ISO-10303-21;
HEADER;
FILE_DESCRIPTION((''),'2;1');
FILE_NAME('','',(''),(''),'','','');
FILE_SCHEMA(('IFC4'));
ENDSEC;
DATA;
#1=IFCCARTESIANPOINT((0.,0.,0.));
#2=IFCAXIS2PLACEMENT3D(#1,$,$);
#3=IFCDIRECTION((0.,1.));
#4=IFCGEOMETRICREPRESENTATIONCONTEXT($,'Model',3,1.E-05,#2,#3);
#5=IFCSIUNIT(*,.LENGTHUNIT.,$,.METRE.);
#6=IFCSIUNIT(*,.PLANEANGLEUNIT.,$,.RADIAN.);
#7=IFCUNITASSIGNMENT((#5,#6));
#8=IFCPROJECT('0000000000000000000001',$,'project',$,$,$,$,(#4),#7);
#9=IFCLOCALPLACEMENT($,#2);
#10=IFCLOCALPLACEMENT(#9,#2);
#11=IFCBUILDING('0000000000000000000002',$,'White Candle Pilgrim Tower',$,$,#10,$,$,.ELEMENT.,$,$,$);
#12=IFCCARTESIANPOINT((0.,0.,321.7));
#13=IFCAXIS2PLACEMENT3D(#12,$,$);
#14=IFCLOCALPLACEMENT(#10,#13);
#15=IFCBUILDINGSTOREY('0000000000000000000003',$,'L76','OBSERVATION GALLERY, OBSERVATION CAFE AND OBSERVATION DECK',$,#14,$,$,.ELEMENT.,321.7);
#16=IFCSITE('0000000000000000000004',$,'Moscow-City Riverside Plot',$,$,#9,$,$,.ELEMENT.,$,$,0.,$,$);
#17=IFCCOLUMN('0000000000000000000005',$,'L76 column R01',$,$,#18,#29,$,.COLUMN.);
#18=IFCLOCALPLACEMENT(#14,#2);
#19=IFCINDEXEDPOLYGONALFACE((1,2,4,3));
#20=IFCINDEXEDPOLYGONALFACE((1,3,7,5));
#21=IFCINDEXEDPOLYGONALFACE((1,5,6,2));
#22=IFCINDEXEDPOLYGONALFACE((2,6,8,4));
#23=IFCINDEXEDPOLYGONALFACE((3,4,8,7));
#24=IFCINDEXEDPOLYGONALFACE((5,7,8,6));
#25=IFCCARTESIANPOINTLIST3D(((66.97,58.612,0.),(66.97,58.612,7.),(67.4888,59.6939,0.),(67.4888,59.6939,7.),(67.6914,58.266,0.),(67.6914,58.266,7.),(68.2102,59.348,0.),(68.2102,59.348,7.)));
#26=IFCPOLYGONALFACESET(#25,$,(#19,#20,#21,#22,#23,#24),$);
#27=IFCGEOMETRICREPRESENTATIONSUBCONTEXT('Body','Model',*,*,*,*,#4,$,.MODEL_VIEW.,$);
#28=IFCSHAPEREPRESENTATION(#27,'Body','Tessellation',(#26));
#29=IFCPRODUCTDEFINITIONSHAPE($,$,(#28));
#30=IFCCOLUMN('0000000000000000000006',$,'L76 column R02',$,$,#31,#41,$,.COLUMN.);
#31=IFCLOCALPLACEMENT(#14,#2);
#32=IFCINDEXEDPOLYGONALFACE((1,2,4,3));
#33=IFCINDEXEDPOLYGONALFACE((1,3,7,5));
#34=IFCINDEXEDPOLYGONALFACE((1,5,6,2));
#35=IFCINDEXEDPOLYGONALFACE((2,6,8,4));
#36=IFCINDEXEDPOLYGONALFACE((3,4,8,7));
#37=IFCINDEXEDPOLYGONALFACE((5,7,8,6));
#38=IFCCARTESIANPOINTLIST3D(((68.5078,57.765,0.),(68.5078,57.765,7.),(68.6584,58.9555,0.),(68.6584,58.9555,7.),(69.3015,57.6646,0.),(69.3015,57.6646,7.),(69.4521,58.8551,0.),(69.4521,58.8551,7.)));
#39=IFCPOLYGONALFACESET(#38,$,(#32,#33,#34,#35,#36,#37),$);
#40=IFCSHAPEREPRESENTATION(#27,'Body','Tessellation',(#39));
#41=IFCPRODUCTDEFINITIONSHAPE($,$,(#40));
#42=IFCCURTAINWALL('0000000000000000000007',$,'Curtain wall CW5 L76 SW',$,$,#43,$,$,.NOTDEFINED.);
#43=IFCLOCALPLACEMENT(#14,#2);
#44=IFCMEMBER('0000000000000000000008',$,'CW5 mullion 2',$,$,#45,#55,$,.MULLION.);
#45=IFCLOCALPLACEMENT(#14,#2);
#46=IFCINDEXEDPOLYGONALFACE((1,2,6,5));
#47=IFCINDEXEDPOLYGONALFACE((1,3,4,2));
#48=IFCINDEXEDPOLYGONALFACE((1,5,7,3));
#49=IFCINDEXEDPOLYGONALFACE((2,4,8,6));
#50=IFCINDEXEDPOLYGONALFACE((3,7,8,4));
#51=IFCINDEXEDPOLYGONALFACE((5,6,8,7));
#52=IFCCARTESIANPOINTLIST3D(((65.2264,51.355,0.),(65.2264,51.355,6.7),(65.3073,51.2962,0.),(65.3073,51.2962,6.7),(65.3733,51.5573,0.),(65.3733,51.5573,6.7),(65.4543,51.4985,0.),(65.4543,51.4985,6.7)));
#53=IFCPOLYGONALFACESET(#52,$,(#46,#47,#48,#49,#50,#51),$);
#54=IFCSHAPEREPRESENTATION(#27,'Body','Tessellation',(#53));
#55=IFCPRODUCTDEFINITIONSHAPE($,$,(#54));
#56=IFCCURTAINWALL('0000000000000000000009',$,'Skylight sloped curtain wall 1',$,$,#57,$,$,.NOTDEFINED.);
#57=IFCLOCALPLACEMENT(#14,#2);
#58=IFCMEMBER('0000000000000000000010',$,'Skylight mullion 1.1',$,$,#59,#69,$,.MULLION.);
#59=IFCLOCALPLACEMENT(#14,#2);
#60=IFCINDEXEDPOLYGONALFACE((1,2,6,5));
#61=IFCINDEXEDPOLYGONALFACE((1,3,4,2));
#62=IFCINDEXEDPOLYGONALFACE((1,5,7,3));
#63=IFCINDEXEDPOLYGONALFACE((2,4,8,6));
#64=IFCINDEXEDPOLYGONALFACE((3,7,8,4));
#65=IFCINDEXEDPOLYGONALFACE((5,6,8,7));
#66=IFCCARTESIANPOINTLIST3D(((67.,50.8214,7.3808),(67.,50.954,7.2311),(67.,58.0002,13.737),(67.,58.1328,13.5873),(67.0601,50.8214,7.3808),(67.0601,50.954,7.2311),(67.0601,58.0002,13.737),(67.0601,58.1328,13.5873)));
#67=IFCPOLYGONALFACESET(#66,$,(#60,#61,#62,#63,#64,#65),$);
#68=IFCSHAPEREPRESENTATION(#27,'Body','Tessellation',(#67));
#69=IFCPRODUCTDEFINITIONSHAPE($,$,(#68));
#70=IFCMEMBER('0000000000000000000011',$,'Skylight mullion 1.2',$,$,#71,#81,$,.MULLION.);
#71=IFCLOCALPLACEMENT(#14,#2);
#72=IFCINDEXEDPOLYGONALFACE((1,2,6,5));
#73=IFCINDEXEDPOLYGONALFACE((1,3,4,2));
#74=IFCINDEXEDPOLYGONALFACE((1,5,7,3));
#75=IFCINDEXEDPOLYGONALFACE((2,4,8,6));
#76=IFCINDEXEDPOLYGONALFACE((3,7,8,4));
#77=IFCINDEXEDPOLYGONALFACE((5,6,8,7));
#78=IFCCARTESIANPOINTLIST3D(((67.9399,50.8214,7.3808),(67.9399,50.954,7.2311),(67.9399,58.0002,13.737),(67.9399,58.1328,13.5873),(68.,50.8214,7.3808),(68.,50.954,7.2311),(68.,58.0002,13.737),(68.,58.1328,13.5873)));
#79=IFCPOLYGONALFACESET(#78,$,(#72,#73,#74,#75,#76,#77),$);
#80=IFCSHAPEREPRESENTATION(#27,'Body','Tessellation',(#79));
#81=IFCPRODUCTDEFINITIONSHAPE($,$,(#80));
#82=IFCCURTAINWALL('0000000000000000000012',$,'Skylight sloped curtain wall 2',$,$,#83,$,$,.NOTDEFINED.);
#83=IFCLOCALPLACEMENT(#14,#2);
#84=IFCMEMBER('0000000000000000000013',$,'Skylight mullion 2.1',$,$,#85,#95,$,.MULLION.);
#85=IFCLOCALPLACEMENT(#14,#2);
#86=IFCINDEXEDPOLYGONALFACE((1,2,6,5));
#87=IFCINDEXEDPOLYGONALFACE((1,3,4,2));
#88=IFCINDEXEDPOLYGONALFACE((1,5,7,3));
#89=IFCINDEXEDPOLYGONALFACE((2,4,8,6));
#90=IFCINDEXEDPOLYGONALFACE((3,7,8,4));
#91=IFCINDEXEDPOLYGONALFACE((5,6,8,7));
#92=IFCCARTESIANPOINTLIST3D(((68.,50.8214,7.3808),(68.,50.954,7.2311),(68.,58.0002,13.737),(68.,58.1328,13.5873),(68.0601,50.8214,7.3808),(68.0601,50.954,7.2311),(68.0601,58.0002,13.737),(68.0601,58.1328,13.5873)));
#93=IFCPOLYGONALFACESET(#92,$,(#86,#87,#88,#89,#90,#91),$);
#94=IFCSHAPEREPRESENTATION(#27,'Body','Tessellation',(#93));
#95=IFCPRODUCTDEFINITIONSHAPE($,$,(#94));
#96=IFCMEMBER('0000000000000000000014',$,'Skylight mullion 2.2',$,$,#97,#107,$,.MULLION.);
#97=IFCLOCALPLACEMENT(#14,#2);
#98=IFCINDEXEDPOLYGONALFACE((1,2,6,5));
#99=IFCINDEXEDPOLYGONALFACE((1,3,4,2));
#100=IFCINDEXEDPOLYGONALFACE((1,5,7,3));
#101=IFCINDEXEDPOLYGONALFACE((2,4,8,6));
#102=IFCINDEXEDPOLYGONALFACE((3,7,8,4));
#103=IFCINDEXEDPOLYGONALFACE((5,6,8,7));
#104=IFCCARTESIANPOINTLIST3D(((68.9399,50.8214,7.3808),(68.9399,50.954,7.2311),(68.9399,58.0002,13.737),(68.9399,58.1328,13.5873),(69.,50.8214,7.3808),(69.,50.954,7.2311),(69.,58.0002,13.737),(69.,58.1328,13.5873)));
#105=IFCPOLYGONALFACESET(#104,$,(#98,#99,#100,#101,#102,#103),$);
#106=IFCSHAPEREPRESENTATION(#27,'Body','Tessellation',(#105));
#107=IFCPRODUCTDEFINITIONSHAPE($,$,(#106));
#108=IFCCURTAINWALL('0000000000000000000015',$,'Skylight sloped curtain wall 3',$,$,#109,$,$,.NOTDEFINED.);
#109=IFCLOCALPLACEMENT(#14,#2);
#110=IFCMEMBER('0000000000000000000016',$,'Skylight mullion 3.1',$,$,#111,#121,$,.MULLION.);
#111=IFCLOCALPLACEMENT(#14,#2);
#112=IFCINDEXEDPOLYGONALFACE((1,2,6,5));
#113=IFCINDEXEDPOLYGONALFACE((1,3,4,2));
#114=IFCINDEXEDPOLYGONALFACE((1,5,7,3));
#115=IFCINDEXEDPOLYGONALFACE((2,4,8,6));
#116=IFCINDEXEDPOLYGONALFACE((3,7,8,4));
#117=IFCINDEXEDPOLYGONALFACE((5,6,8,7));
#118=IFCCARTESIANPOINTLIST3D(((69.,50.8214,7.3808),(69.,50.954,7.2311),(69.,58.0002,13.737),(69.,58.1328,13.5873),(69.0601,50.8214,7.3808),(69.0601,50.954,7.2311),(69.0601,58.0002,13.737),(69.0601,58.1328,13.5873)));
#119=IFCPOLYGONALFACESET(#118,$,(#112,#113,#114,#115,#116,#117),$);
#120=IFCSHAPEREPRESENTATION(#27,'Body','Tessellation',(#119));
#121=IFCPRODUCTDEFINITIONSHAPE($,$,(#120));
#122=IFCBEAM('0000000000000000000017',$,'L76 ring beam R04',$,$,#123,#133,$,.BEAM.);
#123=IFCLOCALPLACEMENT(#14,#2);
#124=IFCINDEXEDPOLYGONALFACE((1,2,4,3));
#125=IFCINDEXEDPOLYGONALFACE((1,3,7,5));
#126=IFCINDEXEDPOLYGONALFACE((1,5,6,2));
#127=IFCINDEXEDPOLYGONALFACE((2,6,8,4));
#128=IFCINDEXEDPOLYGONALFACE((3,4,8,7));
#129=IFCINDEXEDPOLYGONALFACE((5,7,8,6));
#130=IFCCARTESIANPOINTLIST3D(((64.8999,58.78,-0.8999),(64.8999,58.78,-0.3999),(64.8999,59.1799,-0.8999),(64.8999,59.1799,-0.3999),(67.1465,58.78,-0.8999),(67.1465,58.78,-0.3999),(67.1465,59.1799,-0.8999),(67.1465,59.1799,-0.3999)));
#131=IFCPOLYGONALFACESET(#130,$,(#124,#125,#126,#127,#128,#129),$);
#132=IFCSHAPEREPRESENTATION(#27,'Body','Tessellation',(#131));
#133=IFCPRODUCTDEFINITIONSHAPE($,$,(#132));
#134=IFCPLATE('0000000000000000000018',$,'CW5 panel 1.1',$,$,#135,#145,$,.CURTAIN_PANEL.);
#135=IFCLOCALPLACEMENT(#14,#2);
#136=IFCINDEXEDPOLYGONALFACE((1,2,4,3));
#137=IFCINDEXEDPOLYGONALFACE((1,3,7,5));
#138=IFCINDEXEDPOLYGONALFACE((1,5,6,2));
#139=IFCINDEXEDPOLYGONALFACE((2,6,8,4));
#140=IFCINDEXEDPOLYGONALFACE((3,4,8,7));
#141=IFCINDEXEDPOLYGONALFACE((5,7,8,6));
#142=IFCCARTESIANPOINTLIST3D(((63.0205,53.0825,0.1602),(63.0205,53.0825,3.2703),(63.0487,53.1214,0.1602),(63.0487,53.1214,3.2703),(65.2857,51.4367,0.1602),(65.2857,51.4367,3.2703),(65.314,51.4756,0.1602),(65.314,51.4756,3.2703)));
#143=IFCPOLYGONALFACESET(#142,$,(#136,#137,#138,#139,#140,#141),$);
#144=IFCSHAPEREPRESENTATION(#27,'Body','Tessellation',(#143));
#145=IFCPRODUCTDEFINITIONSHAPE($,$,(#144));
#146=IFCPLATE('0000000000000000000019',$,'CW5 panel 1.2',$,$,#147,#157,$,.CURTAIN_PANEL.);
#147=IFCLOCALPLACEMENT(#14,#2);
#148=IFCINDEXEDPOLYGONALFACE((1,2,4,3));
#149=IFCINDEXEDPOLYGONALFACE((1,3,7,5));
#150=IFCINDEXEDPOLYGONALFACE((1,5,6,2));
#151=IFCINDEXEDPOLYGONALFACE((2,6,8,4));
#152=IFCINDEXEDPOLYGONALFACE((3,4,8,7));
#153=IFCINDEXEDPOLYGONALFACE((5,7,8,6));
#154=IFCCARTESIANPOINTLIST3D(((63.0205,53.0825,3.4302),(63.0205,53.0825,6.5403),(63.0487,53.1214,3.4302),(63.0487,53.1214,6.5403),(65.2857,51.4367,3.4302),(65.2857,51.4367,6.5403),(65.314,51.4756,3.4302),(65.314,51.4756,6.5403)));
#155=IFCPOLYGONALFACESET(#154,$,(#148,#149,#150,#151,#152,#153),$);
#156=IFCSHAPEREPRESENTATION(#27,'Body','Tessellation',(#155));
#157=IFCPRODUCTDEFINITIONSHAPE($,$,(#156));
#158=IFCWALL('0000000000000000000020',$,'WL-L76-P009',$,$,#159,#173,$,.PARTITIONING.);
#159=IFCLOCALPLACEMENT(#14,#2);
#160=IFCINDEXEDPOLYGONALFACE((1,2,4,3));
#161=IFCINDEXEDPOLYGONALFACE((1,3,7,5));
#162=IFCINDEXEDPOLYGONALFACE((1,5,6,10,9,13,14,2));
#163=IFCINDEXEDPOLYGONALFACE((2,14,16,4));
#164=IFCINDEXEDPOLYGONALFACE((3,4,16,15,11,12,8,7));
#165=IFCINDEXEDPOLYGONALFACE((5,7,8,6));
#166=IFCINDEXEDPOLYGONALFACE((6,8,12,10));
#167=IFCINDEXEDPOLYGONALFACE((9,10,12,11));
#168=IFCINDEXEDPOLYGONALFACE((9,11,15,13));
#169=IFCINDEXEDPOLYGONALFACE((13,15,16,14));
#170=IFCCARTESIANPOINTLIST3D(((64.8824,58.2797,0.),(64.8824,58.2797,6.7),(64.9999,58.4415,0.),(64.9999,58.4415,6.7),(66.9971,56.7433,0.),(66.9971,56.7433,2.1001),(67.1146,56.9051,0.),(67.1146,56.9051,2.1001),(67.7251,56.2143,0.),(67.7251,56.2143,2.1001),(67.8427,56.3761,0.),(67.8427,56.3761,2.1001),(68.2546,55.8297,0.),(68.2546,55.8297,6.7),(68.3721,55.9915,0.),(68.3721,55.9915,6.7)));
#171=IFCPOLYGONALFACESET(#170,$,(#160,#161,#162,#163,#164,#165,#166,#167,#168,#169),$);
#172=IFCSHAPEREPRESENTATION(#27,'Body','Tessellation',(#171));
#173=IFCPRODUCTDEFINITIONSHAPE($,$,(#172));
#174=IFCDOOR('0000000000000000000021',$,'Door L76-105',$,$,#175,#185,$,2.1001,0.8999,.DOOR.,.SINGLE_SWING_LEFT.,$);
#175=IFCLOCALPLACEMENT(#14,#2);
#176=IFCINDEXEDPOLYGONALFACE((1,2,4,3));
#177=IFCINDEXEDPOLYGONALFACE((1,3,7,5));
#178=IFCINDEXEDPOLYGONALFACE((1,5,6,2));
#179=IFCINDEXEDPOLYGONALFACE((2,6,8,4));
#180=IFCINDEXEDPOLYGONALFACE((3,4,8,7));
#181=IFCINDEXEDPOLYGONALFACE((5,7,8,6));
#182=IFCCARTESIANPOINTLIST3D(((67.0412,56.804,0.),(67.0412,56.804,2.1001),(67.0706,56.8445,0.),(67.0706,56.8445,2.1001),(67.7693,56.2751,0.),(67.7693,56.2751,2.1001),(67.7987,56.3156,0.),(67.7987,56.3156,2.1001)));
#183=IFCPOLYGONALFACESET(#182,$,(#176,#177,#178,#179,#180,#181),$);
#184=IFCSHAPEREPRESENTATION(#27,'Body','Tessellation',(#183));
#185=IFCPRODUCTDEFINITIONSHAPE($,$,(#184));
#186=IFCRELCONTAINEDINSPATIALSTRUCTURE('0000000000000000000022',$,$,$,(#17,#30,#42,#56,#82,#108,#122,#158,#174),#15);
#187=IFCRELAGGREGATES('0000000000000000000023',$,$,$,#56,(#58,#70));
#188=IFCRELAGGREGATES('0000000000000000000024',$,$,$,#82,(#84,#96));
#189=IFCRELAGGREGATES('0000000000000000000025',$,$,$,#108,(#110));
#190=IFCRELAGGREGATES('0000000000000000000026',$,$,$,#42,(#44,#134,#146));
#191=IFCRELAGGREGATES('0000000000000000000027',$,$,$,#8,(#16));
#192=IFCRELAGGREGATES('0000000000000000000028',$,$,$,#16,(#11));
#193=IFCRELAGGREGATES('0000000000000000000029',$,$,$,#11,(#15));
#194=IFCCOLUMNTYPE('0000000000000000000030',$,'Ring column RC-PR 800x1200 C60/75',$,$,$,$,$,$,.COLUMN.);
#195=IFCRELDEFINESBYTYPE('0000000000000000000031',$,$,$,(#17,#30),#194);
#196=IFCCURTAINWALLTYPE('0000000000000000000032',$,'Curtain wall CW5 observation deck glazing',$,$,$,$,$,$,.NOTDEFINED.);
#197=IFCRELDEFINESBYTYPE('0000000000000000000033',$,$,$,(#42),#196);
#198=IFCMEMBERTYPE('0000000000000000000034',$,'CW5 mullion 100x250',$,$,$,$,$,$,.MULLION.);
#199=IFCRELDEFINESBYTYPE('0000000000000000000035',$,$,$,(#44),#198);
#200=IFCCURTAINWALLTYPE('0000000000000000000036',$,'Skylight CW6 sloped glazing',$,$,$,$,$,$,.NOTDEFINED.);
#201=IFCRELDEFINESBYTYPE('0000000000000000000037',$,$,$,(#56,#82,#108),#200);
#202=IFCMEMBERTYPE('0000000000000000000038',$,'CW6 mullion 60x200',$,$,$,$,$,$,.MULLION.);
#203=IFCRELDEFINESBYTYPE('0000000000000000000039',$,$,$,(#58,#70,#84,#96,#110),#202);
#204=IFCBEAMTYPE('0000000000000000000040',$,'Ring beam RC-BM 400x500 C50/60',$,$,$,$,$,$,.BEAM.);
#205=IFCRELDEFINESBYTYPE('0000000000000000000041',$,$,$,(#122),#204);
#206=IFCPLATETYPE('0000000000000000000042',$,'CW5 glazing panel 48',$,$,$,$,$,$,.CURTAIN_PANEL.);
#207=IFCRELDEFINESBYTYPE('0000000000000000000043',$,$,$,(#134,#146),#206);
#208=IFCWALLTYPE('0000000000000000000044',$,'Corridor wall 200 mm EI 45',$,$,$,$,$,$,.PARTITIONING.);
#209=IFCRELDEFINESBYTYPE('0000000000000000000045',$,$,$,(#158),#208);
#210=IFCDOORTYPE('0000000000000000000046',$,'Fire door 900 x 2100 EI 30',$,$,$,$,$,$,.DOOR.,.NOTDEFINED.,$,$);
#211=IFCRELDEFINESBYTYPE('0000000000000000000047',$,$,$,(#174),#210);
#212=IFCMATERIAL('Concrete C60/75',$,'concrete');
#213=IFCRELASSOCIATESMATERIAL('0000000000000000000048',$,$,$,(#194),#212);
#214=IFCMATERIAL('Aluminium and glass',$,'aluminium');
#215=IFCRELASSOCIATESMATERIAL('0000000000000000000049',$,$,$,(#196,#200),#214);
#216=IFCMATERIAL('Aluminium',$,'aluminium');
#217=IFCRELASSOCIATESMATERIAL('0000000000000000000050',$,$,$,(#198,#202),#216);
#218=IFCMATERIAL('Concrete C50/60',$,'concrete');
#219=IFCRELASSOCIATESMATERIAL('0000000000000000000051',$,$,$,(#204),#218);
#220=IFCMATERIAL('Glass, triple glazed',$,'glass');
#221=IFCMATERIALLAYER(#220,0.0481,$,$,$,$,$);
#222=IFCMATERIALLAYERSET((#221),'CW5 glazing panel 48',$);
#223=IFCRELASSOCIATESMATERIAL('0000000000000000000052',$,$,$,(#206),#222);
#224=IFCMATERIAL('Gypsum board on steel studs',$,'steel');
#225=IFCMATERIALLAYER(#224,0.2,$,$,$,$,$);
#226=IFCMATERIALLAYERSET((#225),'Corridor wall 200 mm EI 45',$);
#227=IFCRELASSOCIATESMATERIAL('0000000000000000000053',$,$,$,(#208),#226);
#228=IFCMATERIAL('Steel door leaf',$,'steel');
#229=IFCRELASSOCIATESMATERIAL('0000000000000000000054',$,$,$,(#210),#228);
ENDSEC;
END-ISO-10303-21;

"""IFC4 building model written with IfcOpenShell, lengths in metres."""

from ifc_helpers import new_model, si_unit, direction, frame, frame_2d, origin, origin_2d, place, context, subcontext, project, spatial, rectangle, extrude, material, layer, layer_set, material_profile, profile_set, type_object, element, fill, aggregate, save


model = new_model("IFC4")

# Units and contexts
model_context = context("Model", 3, precision=1e-05, world=origin(), true_north=direction((0.0, 1.0)))
body_context = subcontext(model_context, "Body", "Model", "MODEL_VIEW")
ifc_project = project(units=[si_unit("LENGTHUNIT", "METRE"), si_unit("PLANEANGLEUNIT", "RADIAN")], contexts=[model_context])

# Site, building, storey
site_placement = place(None, origin())
site = spatial("IfcSite", under=ifc_project, at=site_placement, Name="Moscow-City Riverside Plot", CompositionType="ELEMENT", RefElevation=0.0)
building_placement = place(site_placement, origin())
building = spatial("IfcBuilding", under=site, at=building_placement, Name="White Candle Pilgrim Tower", CompositionType="ELEMENT")
storey_placement = place(building_placement, frame((0.0, 0.0, 321.7)))
storey = spatial("IfcBuildingStorey", under=building, at=storey_placement, Name="L76", Description="OBSERVATION GALLERY, OBSERVATION CAFE AND OBSERVATION DECK", CompositionType="ELEMENT", Elevation=321.7)

# Columns
ifc_material_1 = material(Name="Concrete C60/75", Category="concrete")
ifc_material_profile_1 = material_profile(ifc_material_1, rectangle(XDim=0.8, YDim=1.2, at=origin_2d()), Name="RC-PR 800x1200")
ifc_profile_set_1 = profile_set([ifc_material_profile_1], Name="Concrete C60/75")
column_type = type_object("IfcColumnType", Name="Ring column RC-PR 800x1200 C60/75", PredefinedType="COLUMN", material=ifc_profile_set_1)
for number, where, z_axis, x_axis, name in (
    (1, (67.5901, 58.98, 0.0), (0.0, 0.0, 1.0), (-0.901689, 0.432385, 0.0), "L76 column R01"),
    (2, (68.98, 58.3101, 0.0), (0.0, 0.0, 1.0), (-0.992093, 0.125506, 0.0), "L76 column R02"),
):
    element("IfcColumn", number, at=place(storey_placement, frame(where, z_axis=z_axis, x_axis=x_axis)), inside=storey, type_object=column_type, Name=name, PredefinedType="COLUMN", context=body_context, shape_type="SweptSolid", body=[
        extrude(rectangle(XDim=0.8, YDim=1.2, at=origin_2d()), origin(), (0.0, 0.0, 1.0), 7.0),
    ])

# Curtain wall, member
ifc_material_2 = material(Name="Aluminium and glass", Category="aluminium")
curtain_wall_type_1 = type_object("IfcCurtainWallType", Name="Curtain wall CW5 observation deck glazing", PredefinedType="NOTDEFINED", material=ifc_material_2)
curtain_wall_1_placement = place(storey_placement, origin())
curtain_wall_1 = element("IfcCurtainWall", 3, at=curtain_wall_1_placement, inside=storey, type_object=curtain_wall_type_1, Name="Curtain wall CW5 L76 SW", PredefinedType="NOTDEFINED")
ifc_material_3 = material(Name="Aluminium", Category="aluminium")
ifc_material_profile_2 = material_profile(ifc_material_3, rectangle(XDim=0.25, YDim=0.1001, at=origin_2d()), Name="CW5 mullion 100x250")
ifc_profile_set_2 = profile_set([ifc_material_profile_2], Name="Aluminium")
member_type_1 = type_object("IfcMemberType", Name="CW5 mullion 100x250", PredefinedType="MULLION", material=ifc_profile_set_2)
member_1_placement = place(storey_placement, frame((65.3403, 51.4268, 0.0), z_axis=(0.0, 0.0, 1.0), x_axis=(0.587785, 0.809017, 0.0)))
member_1 = element("IfcMember", 4, at=member_1_placement, type_object=member_type_1, Name="CW5 mullion 2", PredefinedType="MULLION", context=body_context, shape_type="SweptSolid", body=[
    extrude(rectangle(XDim=0.25, YDim=0.1001, at=origin_2d()), origin(), (0.0, 0.0, 1.0), 6.7),
])

# Curtain walls, members
curtain_wall_type_2 = type_object("IfcCurtainWallType", Name="Skylight CW6 sloped glazing", PredefinedType="NOTDEFINED", material=ifc_material_2)
curtain_wall_2_placement = place(storey_placement, origin())
curtain_wall_2 = element("IfcCurtainWall", 5, at=curtain_wall_2_placement, inside=storey, type_object=curtain_wall_type_2, Name="Skylight sloped curtain wall 1", PredefinedType="NOTDEFINED")
ifc_material_profile_3 = material_profile(ifc_material_3, rectangle(XDim=0.0601, YDim=0.2, at=origin_2d()), Name="CW6 mullion 60x200")
ifc_profile_set_3 = profile_set([ifc_material_profile_3], Name="Aluminium")
member_type_2 = type_object("IfcMemberType", Name="CW6 mullion 60x200", PredefinedType="MULLION", material=ifc_profile_set_3)
member_2_placement = place(storey_placement, frame((67.03, 50.8877, 7.3059), z_axis=(0.0, 0.748696, 0.662913), x_axis=(-1.0, 0.0, 0.0)))
member_2 = element("IfcMember", 6, at=member_2_placement, type_object=member_type_2, Name="Skylight mullion 1.1", PredefinedType="MULLION", context=body_context, shape_type="SweptSolid", body=[
    extrude(rectangle(XDim=0.0601, YDim=0.2, at=origin_2d()), origin(), (0.0, 0.0, 1.0), 9.5884),
])
member_3_placement = place(storey_placement, frame((67.97, 50.8877, 7.3059), z_axis=(0.0, 0.748696, 0.662913), x_axis=(-1.0, 0.0, 0.0)))
member_3 = element("IfcMember", 7, at=member_3_placement, type_object=member_type_2, Name="Skylight mullion 1.2", PredefinedType="MULLION", context=body_context, shape_type="SweptSolid", body=[
    extrude(rectangle(XDim=0.0601, YDim=0.2, at=origin_2d()), origin(), (0.0, 0.0, 1.0), 9.5884),
])
aggregate(curtain_wall_2, [member_2, member_3])
curtain_wall_3_placement = place(storey_placement, origin())
curtain_wall_3 = element("IfcCurtainWall", 8, at=curtain_wall_3_placement, inside=storey, type_object=curtain_wall_type_2, Name="Skylight sloped curtain wall 2", PredefinedType="NOTDEFINED")
member_4_placement = place(storey_placement, frame((68.03, 50.8877, 7.3059), z_axis=(0.0, 0.748696, 0.662913), x_axis=(-1.0, 0.0, 0.0)))
member_4 = element("IfcMember", 9, at=member_4_placement, type_object=member_type_2, Name="Skylight mullion 2.1", PredefinedType="MULLION", context=body_context, shape_type="SweptSolid", body=[
    extrude(rectangle(XDim=0.0601, YDim=0.2, at=origin_2d()), origin(), (0.0, 0.0, 1.0), 9.5884),
])
member_5_placement = place(storey_placement, frame((68.97, 50.8877, 7.3059), z_axis=(0.0, 0.748696, 0.662913), x_axis=(-1.0, 0.0, 0.0)))
member_5 = element("IfcMember", 10, at=member_5_placement, type_object=member_type_2, Name="Skylight mullion 2.2", PredefinedType="MULLION", context=body_context, shape_type="SweptSolid", body=[
    extrude(rectangle(XDim=0.0601, YDim=0.2, at=origin_2d()), origin(), (0.0, 0.0, 1.0), 9.5884),
])
aggregate(curtain_wall_3, [member_4, member_5])

# Curtain wall, member
curtain_wall_4_placement = place(storey_placement, origin())
curtain_wall_4 = element("IfcCurtainWall", 11, at=curtain_wall_4_placement, inside=storey, type_object=curtain_wall_type_2, Name="Skylight sloped curtain wall 3", PredefinedType="NOTDEFINED")
member_6_placement = place(storey_placement, frame((69.03, 50.8877, 7.3059), z_axis=(0.0, 0.748696, 0.662913), x_axis=(-1.0, 0.0, 0.0)))
member_6 = element("IfcMember", 12, at=member_6_placement, type_object=member_type_2, Name="Skylight mullion 3.1", PredefinedType="MULLION", context=body_context, shape_type="SweptSolid", body=[
    extrude(rectangle(XDim=0.0601, YDim=0.2, at=origin_2d()), origin(), (0.0, 0.0, 1.0), 9.5884),
])
aggregate(curtain_wall_4, [member_6])

# Beam
ifc_material_4 = material(Name="Concrete C50/60", Category="concrete")
ifc_material_profile_4 = material_profile(ifc_material_4, rectangle(XDim=0.3999, YDim=0.5, at=origin_2d()), Name="RC-BM 400x500")
ifc_profile_set_4 = profile_set([ifc_material_profile_4], Name="Concrete C50/60")
beam_type = type_object("IfcBeamType", Name="Ring beam RC-BM 400x500 C50/60", PredefinedType="BEAM", material=ifc_profile_set_4)
beam_placement = place(storey_placement, frame((67.1465, 58.98, -0.6499), z_axis=(-1.0, 0.0, 0.0), x_axis=(0.0, -1.0, 0.0)))
element("IfcBeam", 13, at=beam_placement, inside=storey, type_object=beam_type, Name="L76 ring beam R04", PredefinedType="BEAM", context=body_context, shape_type="SweptSolid", body=[
    extrude(rectangle(XDim=0.3999, YDim=0.5, at=origin_2d()), origin(), (0.0, 0.0, 1.0), 2.2466),
])

# Plates
ifc_material_5 = material(Name="Glass, triple glazed", Category="glass")
ifc_layer_1 = layer(ifc_material_5, 0.0481)
ifc_layer_set_1 = layer_set([ifc_layer_1], Name="CW5 glazing panel 48")
plate_type = type_object("IfcPlateType", Name="CW5 glazing panel 48", PredefinedType="CURTAIN_PANEL", material=ifc_layer_set_1)
plate_1_placement = place(storey_placement, frame((64.1672, 52.2791, 0.1602), z_axis=(0.0, 0.0, 1.0), x_axis=(0.809017, -0.587785, 0.0)))
plate_1 = element("IfcPlate", 14, at=plate_1_placement, type_object=plate_type, Name="CW5 panel 1.1", PredefinedType="CURTAIN_PANEL", context=body_context, shape_type="SweptSolid", body=[
    extrude(rectangle(XDim=2.8, YDim=0.0481, at=origin_2d()), origin(), (0.0, 0.0, 1.0), 3.1101),
])
plate_2_placement = place(storey_placement, frame((64.1672, 52.2791, 3.4302), z_axis=(0.0, 0.0, 1.0), x_axis=(0.809017, -0.587785, 0.0)))
plate_2 = element("IfcPlate", 15, at=plate_2_placement, type_object=plate_type, Name="CW5 panel 1.2", PredefinedType="CURTAIN_PANEL", context=body_context, shape_type="SweptSolid", body=[
    extrude(rectangle(XDim=2.8, YDim=0.0481, at=origin_2d()), origin(), (0.0, 0.0, 1.0), 3.1101),
])
aggregate(curtain_wall_1, [member_1, plate_1, plate_2])

# Wall, opening, door
ifc_material_6 = material(Name="Gypsum board on steel studs", Category="steel")
ifc_layer_2 = layer(ifc_material_6, 0.2)
ifc_layer_set_2 = layer_set([ifc_layer_2], Name="Corridor wall 200 mm EI 45")
wall_type_1 = type_object("IfcWallType", Name="Corridor wall 200 mm EI 45", PredefinedType="PARTITIONING", material=ifc_layer_set_2)
wall_1_placement = place(storey_placement, frame((68.3132, 55.9106, 0.0), z_axis=(0.0, 0.0, 1.0), x_axis=(-0.809017, 0.587785, 0.0)))
wall_1 = element("IfcWall", 16, at=wall_1_placement, inside=storey, type_object=wall_type_1, Name="WL-L76-P009", PredefinedType="PARTITIONING", context=body_context, shape_type="SweptSolid", body=[
    extrude(rectangle(XDim=4.1682, YDim=0.2, at=frame_2d((2.084, 0.0))), origin(), (0.0, 0.0, 1.0), 6.7),
])
opening_1_placement = place(wall_1_placement, frame((0.6543, 0.0, 0.0)))
opening_1 = element("IfcOpeningElement", 17, at=opening_1_placement, cuts=wall_1, PredefinedType="OPENING", context=body_context, shape_type="SweptSolid", body=[
    extrude(rectangle(XDim=0.8999, YDim=2.1001, at=frame_2d((0.45, 1.05))), frame((0.0, 0.1099, 0.0), z_axis=(0.0, -1.0, 0.0), x_axis=(1.0, 0.0, 0.0)), (0.0, 0.0, 1.0), 0.22),
])
ifc_material_7 = material(Name="Steel door leaf", Category="steel")
door_type = type_object("IfcDoorType", Name="Fire door 900 x 2100 EI 30", OperationType="NOTDEFINED", PredefinedType="DOOR", material=ifc_material_7)
door_1_placement = place(opening_1_placement, origin())
door_1 = element("IfcDoor", 18, at=door_1_placement, inside=storey, type_object=door_type, Name="Door L76-105", OperationType="SINGLE_SWING_LEFT", OverallHeight=2.1001, OverallWidth=0.8999, PredefinedType="DOOR", context=body_context, shape_type="SweptSolid", body=[
    extrude(rectangle(XDim=0.8999, YDim=2.1001, at=frame_2d((0.45, 1.05))), frame((0.0, 0.0249, 0.0), z_axis=(0.0, -1.0, 0.0), x_axis=(1.0, 0.0, 0.0)), (0.0, 0.0, 1.0), 0.05),
])
fill(opening_1, door_1)

save(model, "model.ifc")
